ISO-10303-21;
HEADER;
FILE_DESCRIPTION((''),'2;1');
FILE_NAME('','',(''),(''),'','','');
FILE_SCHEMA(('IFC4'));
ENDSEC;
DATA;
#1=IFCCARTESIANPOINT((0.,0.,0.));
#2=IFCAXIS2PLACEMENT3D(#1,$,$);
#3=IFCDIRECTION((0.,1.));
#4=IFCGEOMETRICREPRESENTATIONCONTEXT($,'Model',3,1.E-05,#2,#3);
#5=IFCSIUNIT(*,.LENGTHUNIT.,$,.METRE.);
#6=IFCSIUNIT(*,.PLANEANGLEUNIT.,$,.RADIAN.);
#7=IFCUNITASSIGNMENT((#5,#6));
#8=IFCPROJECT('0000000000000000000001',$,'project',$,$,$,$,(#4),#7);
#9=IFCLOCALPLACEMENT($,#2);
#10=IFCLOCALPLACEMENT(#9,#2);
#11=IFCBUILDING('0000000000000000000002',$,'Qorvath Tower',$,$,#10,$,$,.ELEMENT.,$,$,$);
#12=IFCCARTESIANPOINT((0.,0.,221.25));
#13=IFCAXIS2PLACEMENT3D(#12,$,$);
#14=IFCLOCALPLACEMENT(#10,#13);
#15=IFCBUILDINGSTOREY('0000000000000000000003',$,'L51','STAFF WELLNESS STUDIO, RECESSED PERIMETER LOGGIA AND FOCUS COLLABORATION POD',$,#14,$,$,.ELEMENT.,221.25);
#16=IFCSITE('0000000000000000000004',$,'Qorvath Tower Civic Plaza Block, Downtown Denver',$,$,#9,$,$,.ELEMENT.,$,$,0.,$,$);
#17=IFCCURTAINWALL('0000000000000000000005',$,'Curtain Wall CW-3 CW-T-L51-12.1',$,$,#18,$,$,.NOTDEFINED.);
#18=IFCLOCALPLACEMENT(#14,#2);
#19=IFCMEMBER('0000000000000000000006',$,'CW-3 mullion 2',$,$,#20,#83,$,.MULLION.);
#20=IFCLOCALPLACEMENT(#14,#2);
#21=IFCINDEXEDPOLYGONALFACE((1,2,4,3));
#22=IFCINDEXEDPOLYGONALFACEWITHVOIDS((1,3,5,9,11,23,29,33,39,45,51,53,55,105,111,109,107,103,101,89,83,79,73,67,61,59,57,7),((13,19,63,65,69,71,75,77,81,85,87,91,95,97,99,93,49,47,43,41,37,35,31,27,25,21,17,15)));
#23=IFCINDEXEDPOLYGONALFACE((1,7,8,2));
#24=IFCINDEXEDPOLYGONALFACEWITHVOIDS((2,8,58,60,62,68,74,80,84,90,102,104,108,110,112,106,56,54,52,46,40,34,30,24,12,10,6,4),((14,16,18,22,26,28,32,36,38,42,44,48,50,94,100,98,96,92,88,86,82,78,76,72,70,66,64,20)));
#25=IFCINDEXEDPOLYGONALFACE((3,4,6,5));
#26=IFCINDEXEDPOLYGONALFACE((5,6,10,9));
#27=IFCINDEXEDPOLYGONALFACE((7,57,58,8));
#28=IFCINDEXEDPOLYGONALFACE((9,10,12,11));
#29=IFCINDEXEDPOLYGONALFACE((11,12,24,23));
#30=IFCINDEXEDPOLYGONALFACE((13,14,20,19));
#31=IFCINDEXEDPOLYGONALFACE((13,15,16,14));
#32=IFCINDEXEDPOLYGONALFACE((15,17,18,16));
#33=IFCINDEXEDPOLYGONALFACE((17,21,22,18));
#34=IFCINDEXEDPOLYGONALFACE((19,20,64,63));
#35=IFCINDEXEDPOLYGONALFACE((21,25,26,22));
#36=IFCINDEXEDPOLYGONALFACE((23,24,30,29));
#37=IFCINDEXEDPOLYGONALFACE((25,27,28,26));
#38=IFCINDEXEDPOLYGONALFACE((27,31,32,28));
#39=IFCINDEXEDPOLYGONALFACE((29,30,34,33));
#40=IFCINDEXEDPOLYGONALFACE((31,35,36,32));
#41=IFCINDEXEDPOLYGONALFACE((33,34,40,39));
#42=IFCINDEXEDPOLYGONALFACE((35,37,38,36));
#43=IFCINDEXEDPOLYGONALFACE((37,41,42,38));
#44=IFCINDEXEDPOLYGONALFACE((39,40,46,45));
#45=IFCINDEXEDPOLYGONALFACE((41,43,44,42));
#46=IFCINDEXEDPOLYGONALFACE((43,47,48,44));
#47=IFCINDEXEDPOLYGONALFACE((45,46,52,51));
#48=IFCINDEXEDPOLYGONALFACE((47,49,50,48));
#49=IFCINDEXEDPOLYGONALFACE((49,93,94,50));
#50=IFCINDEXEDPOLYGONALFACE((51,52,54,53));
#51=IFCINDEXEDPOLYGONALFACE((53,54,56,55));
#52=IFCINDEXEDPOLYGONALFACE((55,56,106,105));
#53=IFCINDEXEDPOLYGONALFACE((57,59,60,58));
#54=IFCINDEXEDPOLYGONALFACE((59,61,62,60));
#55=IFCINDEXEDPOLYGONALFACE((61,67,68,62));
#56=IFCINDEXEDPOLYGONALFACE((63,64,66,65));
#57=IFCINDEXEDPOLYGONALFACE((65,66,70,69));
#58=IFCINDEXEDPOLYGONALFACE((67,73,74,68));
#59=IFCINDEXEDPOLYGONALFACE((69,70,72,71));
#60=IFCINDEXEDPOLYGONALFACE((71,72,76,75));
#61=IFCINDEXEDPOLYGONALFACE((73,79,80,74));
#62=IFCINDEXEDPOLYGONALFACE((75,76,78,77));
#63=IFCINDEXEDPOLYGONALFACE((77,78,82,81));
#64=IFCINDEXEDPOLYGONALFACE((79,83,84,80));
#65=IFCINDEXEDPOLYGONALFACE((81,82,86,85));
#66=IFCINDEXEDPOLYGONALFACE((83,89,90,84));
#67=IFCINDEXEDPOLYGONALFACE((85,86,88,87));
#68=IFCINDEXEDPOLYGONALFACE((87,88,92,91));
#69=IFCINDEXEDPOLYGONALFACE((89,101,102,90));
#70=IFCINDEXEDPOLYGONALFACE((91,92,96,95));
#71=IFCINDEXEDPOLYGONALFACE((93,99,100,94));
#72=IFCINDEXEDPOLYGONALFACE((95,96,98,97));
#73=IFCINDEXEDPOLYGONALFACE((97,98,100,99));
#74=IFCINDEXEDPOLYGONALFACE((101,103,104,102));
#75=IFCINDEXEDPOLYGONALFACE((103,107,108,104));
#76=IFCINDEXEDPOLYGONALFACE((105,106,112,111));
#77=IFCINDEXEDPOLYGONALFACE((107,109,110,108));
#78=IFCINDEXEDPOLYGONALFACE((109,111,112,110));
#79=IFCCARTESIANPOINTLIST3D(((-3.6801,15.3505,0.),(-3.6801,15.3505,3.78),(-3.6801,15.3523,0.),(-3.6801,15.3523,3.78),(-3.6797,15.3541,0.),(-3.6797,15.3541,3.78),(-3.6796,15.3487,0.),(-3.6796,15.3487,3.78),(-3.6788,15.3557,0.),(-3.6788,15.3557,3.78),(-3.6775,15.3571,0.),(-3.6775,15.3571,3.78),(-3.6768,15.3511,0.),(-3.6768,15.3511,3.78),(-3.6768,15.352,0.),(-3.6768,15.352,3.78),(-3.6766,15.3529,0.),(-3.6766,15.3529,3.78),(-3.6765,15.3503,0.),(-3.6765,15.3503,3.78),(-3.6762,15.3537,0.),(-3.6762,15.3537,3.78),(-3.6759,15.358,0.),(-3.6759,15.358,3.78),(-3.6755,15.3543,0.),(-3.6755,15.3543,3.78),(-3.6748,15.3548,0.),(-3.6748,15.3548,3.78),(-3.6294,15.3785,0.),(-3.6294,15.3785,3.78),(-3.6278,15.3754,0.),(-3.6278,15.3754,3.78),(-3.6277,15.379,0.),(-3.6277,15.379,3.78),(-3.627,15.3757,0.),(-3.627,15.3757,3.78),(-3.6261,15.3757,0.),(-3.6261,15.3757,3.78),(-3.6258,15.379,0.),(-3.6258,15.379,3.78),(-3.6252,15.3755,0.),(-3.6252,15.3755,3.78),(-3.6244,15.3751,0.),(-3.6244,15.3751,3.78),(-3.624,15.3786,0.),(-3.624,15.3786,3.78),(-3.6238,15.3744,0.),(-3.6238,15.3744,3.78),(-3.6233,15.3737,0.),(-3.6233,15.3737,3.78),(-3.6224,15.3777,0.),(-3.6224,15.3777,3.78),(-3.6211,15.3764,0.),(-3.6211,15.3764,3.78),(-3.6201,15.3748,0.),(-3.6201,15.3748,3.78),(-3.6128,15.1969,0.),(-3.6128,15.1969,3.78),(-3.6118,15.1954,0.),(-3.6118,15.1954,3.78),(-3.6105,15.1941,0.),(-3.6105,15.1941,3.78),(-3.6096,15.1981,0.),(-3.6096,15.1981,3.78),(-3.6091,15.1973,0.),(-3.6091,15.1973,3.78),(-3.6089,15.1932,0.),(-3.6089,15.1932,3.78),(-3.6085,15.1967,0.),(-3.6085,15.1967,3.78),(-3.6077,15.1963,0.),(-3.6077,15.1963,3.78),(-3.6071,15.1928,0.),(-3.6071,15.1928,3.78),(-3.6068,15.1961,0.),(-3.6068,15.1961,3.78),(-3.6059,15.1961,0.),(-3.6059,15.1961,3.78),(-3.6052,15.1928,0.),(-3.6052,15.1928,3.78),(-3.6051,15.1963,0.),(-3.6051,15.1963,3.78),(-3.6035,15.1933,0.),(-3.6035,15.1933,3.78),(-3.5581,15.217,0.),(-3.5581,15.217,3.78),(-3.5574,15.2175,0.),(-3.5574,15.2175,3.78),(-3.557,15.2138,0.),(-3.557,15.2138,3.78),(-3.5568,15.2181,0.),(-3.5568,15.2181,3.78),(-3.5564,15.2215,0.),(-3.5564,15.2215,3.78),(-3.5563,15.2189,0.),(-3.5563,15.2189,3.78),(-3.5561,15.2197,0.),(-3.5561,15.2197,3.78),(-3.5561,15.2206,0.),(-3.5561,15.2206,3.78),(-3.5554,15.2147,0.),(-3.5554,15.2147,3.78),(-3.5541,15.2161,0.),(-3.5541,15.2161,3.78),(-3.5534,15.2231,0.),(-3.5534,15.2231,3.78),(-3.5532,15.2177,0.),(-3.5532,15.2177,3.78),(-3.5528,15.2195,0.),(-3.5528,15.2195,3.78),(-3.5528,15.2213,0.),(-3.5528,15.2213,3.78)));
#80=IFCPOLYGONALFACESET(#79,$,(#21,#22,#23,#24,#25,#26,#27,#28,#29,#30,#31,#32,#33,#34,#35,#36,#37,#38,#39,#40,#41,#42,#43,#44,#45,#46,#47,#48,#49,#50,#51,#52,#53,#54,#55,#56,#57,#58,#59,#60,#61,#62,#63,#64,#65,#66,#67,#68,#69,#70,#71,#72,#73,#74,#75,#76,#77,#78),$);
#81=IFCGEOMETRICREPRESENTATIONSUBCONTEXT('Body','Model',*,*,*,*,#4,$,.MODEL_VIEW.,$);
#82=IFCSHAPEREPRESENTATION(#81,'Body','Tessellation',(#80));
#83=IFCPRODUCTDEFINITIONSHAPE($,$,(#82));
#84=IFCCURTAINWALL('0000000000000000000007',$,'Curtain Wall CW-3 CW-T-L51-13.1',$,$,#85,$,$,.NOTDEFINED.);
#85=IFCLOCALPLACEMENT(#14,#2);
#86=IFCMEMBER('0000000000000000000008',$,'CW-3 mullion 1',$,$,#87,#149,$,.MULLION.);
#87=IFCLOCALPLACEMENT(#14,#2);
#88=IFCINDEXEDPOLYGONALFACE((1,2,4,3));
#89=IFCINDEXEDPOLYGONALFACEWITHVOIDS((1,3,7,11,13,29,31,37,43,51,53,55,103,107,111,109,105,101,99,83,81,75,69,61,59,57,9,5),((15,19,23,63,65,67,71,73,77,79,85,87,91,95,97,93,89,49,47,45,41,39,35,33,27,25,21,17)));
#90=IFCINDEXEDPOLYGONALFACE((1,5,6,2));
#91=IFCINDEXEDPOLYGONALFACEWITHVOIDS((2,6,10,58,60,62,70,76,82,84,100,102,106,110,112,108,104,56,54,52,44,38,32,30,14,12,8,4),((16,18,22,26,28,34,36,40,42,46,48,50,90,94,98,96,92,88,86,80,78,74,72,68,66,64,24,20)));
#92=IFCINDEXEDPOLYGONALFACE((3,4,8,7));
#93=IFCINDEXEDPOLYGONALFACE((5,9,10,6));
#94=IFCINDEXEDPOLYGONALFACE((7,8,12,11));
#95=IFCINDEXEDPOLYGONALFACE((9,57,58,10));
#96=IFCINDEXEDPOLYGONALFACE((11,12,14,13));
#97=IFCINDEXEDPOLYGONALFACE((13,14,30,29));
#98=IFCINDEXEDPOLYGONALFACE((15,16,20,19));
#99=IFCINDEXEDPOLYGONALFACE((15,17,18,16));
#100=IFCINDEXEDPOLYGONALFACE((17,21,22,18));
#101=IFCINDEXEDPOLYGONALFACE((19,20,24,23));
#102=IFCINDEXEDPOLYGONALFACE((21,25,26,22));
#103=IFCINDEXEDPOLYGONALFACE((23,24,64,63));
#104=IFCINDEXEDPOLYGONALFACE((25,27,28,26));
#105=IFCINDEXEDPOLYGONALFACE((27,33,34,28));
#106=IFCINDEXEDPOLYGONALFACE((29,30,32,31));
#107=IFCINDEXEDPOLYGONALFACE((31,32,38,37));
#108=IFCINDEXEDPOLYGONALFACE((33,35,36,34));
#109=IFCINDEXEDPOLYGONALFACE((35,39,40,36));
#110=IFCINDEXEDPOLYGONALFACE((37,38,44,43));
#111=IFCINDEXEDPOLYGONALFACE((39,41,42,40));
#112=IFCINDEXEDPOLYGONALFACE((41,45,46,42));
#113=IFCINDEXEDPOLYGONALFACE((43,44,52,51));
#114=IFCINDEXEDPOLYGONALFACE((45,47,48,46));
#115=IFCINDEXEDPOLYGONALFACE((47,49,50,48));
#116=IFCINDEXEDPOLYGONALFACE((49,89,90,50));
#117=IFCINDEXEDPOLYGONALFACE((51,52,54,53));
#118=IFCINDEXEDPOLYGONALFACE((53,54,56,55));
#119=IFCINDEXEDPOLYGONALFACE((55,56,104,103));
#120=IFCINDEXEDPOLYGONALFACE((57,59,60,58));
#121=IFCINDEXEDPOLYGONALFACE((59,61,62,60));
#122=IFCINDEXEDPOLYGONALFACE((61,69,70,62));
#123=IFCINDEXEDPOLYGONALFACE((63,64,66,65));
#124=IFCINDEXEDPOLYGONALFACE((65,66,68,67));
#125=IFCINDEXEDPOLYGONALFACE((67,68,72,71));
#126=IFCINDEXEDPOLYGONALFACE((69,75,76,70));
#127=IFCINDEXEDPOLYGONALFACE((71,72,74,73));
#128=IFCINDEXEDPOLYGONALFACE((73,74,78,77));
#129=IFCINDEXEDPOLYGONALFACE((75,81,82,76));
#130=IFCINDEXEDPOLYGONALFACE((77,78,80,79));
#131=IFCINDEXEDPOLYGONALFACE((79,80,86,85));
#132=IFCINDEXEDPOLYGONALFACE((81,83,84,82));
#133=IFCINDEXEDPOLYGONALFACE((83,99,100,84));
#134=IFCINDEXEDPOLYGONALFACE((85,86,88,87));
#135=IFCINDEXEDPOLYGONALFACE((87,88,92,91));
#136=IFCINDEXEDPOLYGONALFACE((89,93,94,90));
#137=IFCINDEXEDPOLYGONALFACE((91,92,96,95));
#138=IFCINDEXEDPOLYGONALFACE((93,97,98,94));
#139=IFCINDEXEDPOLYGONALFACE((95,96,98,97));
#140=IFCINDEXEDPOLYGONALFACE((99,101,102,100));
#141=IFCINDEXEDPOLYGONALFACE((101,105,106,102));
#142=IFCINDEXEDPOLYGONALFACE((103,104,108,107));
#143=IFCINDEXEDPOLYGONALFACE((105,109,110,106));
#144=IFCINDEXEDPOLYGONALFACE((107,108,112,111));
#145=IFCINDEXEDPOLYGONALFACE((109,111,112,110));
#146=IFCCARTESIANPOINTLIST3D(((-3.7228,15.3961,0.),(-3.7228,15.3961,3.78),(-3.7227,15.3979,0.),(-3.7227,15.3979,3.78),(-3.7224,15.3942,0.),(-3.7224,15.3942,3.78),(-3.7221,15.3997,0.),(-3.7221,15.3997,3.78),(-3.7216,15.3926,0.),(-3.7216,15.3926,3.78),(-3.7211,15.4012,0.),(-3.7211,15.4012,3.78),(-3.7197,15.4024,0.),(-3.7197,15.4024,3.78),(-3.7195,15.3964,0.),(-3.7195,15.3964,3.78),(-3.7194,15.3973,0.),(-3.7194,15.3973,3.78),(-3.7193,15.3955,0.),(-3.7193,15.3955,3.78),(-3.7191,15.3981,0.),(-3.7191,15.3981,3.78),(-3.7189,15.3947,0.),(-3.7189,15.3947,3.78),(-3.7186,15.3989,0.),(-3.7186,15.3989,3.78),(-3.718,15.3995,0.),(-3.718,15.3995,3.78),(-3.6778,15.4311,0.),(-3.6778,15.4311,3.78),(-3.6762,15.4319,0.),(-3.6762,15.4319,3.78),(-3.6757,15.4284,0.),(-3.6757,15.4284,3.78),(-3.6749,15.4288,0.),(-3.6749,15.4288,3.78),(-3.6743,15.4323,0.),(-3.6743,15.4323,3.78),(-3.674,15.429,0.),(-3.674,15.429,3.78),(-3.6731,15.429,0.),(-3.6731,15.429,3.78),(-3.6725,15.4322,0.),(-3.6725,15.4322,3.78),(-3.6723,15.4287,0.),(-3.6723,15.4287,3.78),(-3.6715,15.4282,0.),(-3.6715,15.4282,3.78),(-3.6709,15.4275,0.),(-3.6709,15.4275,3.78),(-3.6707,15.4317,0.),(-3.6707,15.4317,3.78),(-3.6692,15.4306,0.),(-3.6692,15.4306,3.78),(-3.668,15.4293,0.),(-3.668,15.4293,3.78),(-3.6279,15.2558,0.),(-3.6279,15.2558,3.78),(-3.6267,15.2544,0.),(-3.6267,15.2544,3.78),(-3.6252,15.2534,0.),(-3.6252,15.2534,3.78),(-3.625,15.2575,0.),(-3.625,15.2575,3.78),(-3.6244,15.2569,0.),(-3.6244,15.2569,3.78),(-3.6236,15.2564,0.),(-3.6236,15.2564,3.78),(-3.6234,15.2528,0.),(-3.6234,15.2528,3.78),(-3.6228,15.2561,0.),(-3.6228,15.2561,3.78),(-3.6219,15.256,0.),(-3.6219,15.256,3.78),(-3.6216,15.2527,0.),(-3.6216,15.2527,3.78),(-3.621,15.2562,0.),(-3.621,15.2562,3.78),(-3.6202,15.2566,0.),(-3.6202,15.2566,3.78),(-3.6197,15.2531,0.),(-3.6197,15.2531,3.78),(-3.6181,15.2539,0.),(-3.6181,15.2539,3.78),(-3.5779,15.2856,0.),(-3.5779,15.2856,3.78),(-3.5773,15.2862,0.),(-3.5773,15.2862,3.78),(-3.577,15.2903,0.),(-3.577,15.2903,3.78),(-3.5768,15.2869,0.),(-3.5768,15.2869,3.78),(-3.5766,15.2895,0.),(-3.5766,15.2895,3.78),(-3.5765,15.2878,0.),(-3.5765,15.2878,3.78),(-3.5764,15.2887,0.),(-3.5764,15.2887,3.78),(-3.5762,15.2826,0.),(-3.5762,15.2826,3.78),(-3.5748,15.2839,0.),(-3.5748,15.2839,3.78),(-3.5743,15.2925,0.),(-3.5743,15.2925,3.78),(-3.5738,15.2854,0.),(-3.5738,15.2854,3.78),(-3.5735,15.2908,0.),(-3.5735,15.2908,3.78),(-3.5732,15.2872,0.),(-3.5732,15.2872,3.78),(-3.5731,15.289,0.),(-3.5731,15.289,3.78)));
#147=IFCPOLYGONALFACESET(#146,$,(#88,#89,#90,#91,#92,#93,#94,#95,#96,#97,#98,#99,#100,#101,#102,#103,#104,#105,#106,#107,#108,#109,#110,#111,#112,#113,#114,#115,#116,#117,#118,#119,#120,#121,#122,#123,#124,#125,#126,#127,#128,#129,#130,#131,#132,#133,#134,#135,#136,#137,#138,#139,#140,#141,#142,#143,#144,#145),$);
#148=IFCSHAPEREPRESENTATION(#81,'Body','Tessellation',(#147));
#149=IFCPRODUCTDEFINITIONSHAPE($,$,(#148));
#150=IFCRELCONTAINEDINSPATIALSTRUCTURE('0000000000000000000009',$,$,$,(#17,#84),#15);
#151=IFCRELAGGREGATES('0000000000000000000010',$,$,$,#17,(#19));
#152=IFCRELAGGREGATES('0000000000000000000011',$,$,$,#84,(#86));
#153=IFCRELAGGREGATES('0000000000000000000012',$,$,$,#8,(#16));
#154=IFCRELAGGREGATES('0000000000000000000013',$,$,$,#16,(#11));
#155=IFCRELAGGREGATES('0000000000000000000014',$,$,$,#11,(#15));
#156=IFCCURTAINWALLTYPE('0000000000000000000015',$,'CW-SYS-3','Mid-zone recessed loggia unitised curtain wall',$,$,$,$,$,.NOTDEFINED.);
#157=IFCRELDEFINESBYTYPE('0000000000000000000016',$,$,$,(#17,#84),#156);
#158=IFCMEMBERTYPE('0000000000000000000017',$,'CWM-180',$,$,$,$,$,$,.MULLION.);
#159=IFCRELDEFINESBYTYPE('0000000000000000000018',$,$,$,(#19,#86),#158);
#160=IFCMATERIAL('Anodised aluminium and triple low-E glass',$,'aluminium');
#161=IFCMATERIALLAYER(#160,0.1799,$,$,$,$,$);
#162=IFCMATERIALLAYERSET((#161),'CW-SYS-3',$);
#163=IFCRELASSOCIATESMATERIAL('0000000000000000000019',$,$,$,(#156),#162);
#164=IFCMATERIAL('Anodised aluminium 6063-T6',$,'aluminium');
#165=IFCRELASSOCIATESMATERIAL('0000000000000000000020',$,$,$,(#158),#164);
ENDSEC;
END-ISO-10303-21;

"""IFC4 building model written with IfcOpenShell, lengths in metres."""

from ifc_helpers import new_model, si_unit, direction, frame, origin, origin_2d, place, context, subcontext, project, spatial, hollow_rectangle, extrude, material, layer, layer_set, material_profile, profile_set, type_object, element, aggregate, save


model = new_model("IFC4")

# Units and contexts
model_context = context("Model", 3, precision=1e-05, world=origin(), true_north=direction((0.0, 1.0)))
body_context = subcontext(model_context, "Body", "Model", "MODEL_VIEW")
ifc_project = project(units=[si_unit("LENGTHUNIT", "METRE"), si_unit("PLANEANGLEUNIT", "RADIAN")], contexts=[model_context])

# Site, building, storey
site_placement = place(None, origin())
site = spatial("IfcSite", under=ifc_project, at=site_placement, Name="Qorvath Tower Civic Plaza Block, Downtown Denver", CompositionType="ELEMENT", RefElevation=0.0)
building_placement = place(site_placement, origin())
building = spatial("IfcBuilding", under=site, at=building_placement, Name="Qorvath Tower", CompositionType="ELEMENT")
storey_placement = place(building_placement, frame((0.0, 0.0, 221.25)))
storey = spatial("IfcBuildingStorey", under=building, at=storey_placement, Name="L51", Description="STAFF WELLNESS STUDIO, RECESSED PERIMETER LOGGIA AND FOCUS COLLABORATION POD", CompositionType="ELEMENT", Elevation=221.25)

# Shared definitions
ifc_material_1 = material(Name="Anodised aluminium and triple low-E glass", Category="aluminium")
ifc_layer_1 = layer(ifc_material_1, 0.1799)
ifc_layer_set_1 = layer_set([ifc_layer_1], Name="CW-SYS-3")
curtain_wall_type = type_object("IfcCurtainWallType", Name="CW-SYS-3", Description="Mid-zone recessed loggia unitised curtain wall", PredefinedType="NOTDEFINED", material=ifc_layer_set_1)
ifc_material_2 = material(Name="Anodised aluminium 6063-T6", Category="aluminium")
ifc_material_profile_1 = material_profile(ifc_material_2, hollow_rectangle(XDim=0.0649, YDim=0.1799, WallThickness=0.0034, InnerFilletRadius=0.0034, OuterFilletRadius=0.0071, at=origin_2d()), Name="CWM 180x65")
ifc_profile_set_1 = profile_set([ifc_material_profile_1], Name="Anodised aluminium 6063-T6")
member_type_1 = type_object("IfcMemberType", Name="CWM-180", PredefinedType="MULLION", material=ifc_profile_set_1)

# Curtain walls, members
curtain_wall_1_placement = place(storey_placement, origin())
curtain_wall_1 = element("IfcCurtainWall", 1, at=curtain_wall_1_placement, inside=storey, type_object=curtain_wall_type, Name="Curtain Wall CW-3 CW-T-L51-12.1", PredefinedType="NOTDEFINED")
member_1_placement = place(storey_placement, frame((-3.6165, 15.2859, 0.0), z_axis=(0.0, 0.0, 1.0), x_axis=(-0.915321, -0.402725, 0.0)))
member_1 = element("IfcMember", 2, at=member_1_placement, type_object=member_type_1, Name="CW-3 mullion 2", PredefinedType="MULLION", context=body_context, shape_type="SweptSolid", body=[
    extrude(hollow_rectangle(XDim=0.0649, YDim=0.1799, WallThickness=0.0034, InnerFilletRadius=0.0034, OuterFilletRadius=0.0071, at=origin_2d()), origin(), (0.0, 0.0, 1.0), 3.78),
])
curtain_wall_2_placement = place(storey_placement, origin())
curtain_wall_2 = element("IfcCurtainWall", 3, at=curtain_wall_2_placement, inside=storey, type_object=curtain_wall_type, Name="Curtain Wall CW-3 CW-T-L51-13.1", PredefinedType="NOTDEFINED")
member_2_placement = place(storey_placement, frame((-3.6479, 15.3425, 0.0), z_axis=(0.0, 0.0, 1.0), x_axis=(-0.825264, -0.564746, 0.0)))
member_2 = element("IfcMember", 4, at=member_2_placement, type_object=member_type_1, Name="CW-3 mullion 1", PredefinedType="MULLION", context=body_context, shape_type="SweptSolid", body=[
    extrude(hollow_rectangle(XDim=0.0649, YDim=0.1799, WallThickness=0.0034, InnerFilletRadius=0.0034, OuterFilletRadius=0.0071, at=origin_2d()), origin(), (0.0, 0.0, 1.0), 3.78),
])

aggregate(curtain_wall_1, [member_1])
aggregate(curtain_wall_2, [member_2])

save(model, "model.ifc")
